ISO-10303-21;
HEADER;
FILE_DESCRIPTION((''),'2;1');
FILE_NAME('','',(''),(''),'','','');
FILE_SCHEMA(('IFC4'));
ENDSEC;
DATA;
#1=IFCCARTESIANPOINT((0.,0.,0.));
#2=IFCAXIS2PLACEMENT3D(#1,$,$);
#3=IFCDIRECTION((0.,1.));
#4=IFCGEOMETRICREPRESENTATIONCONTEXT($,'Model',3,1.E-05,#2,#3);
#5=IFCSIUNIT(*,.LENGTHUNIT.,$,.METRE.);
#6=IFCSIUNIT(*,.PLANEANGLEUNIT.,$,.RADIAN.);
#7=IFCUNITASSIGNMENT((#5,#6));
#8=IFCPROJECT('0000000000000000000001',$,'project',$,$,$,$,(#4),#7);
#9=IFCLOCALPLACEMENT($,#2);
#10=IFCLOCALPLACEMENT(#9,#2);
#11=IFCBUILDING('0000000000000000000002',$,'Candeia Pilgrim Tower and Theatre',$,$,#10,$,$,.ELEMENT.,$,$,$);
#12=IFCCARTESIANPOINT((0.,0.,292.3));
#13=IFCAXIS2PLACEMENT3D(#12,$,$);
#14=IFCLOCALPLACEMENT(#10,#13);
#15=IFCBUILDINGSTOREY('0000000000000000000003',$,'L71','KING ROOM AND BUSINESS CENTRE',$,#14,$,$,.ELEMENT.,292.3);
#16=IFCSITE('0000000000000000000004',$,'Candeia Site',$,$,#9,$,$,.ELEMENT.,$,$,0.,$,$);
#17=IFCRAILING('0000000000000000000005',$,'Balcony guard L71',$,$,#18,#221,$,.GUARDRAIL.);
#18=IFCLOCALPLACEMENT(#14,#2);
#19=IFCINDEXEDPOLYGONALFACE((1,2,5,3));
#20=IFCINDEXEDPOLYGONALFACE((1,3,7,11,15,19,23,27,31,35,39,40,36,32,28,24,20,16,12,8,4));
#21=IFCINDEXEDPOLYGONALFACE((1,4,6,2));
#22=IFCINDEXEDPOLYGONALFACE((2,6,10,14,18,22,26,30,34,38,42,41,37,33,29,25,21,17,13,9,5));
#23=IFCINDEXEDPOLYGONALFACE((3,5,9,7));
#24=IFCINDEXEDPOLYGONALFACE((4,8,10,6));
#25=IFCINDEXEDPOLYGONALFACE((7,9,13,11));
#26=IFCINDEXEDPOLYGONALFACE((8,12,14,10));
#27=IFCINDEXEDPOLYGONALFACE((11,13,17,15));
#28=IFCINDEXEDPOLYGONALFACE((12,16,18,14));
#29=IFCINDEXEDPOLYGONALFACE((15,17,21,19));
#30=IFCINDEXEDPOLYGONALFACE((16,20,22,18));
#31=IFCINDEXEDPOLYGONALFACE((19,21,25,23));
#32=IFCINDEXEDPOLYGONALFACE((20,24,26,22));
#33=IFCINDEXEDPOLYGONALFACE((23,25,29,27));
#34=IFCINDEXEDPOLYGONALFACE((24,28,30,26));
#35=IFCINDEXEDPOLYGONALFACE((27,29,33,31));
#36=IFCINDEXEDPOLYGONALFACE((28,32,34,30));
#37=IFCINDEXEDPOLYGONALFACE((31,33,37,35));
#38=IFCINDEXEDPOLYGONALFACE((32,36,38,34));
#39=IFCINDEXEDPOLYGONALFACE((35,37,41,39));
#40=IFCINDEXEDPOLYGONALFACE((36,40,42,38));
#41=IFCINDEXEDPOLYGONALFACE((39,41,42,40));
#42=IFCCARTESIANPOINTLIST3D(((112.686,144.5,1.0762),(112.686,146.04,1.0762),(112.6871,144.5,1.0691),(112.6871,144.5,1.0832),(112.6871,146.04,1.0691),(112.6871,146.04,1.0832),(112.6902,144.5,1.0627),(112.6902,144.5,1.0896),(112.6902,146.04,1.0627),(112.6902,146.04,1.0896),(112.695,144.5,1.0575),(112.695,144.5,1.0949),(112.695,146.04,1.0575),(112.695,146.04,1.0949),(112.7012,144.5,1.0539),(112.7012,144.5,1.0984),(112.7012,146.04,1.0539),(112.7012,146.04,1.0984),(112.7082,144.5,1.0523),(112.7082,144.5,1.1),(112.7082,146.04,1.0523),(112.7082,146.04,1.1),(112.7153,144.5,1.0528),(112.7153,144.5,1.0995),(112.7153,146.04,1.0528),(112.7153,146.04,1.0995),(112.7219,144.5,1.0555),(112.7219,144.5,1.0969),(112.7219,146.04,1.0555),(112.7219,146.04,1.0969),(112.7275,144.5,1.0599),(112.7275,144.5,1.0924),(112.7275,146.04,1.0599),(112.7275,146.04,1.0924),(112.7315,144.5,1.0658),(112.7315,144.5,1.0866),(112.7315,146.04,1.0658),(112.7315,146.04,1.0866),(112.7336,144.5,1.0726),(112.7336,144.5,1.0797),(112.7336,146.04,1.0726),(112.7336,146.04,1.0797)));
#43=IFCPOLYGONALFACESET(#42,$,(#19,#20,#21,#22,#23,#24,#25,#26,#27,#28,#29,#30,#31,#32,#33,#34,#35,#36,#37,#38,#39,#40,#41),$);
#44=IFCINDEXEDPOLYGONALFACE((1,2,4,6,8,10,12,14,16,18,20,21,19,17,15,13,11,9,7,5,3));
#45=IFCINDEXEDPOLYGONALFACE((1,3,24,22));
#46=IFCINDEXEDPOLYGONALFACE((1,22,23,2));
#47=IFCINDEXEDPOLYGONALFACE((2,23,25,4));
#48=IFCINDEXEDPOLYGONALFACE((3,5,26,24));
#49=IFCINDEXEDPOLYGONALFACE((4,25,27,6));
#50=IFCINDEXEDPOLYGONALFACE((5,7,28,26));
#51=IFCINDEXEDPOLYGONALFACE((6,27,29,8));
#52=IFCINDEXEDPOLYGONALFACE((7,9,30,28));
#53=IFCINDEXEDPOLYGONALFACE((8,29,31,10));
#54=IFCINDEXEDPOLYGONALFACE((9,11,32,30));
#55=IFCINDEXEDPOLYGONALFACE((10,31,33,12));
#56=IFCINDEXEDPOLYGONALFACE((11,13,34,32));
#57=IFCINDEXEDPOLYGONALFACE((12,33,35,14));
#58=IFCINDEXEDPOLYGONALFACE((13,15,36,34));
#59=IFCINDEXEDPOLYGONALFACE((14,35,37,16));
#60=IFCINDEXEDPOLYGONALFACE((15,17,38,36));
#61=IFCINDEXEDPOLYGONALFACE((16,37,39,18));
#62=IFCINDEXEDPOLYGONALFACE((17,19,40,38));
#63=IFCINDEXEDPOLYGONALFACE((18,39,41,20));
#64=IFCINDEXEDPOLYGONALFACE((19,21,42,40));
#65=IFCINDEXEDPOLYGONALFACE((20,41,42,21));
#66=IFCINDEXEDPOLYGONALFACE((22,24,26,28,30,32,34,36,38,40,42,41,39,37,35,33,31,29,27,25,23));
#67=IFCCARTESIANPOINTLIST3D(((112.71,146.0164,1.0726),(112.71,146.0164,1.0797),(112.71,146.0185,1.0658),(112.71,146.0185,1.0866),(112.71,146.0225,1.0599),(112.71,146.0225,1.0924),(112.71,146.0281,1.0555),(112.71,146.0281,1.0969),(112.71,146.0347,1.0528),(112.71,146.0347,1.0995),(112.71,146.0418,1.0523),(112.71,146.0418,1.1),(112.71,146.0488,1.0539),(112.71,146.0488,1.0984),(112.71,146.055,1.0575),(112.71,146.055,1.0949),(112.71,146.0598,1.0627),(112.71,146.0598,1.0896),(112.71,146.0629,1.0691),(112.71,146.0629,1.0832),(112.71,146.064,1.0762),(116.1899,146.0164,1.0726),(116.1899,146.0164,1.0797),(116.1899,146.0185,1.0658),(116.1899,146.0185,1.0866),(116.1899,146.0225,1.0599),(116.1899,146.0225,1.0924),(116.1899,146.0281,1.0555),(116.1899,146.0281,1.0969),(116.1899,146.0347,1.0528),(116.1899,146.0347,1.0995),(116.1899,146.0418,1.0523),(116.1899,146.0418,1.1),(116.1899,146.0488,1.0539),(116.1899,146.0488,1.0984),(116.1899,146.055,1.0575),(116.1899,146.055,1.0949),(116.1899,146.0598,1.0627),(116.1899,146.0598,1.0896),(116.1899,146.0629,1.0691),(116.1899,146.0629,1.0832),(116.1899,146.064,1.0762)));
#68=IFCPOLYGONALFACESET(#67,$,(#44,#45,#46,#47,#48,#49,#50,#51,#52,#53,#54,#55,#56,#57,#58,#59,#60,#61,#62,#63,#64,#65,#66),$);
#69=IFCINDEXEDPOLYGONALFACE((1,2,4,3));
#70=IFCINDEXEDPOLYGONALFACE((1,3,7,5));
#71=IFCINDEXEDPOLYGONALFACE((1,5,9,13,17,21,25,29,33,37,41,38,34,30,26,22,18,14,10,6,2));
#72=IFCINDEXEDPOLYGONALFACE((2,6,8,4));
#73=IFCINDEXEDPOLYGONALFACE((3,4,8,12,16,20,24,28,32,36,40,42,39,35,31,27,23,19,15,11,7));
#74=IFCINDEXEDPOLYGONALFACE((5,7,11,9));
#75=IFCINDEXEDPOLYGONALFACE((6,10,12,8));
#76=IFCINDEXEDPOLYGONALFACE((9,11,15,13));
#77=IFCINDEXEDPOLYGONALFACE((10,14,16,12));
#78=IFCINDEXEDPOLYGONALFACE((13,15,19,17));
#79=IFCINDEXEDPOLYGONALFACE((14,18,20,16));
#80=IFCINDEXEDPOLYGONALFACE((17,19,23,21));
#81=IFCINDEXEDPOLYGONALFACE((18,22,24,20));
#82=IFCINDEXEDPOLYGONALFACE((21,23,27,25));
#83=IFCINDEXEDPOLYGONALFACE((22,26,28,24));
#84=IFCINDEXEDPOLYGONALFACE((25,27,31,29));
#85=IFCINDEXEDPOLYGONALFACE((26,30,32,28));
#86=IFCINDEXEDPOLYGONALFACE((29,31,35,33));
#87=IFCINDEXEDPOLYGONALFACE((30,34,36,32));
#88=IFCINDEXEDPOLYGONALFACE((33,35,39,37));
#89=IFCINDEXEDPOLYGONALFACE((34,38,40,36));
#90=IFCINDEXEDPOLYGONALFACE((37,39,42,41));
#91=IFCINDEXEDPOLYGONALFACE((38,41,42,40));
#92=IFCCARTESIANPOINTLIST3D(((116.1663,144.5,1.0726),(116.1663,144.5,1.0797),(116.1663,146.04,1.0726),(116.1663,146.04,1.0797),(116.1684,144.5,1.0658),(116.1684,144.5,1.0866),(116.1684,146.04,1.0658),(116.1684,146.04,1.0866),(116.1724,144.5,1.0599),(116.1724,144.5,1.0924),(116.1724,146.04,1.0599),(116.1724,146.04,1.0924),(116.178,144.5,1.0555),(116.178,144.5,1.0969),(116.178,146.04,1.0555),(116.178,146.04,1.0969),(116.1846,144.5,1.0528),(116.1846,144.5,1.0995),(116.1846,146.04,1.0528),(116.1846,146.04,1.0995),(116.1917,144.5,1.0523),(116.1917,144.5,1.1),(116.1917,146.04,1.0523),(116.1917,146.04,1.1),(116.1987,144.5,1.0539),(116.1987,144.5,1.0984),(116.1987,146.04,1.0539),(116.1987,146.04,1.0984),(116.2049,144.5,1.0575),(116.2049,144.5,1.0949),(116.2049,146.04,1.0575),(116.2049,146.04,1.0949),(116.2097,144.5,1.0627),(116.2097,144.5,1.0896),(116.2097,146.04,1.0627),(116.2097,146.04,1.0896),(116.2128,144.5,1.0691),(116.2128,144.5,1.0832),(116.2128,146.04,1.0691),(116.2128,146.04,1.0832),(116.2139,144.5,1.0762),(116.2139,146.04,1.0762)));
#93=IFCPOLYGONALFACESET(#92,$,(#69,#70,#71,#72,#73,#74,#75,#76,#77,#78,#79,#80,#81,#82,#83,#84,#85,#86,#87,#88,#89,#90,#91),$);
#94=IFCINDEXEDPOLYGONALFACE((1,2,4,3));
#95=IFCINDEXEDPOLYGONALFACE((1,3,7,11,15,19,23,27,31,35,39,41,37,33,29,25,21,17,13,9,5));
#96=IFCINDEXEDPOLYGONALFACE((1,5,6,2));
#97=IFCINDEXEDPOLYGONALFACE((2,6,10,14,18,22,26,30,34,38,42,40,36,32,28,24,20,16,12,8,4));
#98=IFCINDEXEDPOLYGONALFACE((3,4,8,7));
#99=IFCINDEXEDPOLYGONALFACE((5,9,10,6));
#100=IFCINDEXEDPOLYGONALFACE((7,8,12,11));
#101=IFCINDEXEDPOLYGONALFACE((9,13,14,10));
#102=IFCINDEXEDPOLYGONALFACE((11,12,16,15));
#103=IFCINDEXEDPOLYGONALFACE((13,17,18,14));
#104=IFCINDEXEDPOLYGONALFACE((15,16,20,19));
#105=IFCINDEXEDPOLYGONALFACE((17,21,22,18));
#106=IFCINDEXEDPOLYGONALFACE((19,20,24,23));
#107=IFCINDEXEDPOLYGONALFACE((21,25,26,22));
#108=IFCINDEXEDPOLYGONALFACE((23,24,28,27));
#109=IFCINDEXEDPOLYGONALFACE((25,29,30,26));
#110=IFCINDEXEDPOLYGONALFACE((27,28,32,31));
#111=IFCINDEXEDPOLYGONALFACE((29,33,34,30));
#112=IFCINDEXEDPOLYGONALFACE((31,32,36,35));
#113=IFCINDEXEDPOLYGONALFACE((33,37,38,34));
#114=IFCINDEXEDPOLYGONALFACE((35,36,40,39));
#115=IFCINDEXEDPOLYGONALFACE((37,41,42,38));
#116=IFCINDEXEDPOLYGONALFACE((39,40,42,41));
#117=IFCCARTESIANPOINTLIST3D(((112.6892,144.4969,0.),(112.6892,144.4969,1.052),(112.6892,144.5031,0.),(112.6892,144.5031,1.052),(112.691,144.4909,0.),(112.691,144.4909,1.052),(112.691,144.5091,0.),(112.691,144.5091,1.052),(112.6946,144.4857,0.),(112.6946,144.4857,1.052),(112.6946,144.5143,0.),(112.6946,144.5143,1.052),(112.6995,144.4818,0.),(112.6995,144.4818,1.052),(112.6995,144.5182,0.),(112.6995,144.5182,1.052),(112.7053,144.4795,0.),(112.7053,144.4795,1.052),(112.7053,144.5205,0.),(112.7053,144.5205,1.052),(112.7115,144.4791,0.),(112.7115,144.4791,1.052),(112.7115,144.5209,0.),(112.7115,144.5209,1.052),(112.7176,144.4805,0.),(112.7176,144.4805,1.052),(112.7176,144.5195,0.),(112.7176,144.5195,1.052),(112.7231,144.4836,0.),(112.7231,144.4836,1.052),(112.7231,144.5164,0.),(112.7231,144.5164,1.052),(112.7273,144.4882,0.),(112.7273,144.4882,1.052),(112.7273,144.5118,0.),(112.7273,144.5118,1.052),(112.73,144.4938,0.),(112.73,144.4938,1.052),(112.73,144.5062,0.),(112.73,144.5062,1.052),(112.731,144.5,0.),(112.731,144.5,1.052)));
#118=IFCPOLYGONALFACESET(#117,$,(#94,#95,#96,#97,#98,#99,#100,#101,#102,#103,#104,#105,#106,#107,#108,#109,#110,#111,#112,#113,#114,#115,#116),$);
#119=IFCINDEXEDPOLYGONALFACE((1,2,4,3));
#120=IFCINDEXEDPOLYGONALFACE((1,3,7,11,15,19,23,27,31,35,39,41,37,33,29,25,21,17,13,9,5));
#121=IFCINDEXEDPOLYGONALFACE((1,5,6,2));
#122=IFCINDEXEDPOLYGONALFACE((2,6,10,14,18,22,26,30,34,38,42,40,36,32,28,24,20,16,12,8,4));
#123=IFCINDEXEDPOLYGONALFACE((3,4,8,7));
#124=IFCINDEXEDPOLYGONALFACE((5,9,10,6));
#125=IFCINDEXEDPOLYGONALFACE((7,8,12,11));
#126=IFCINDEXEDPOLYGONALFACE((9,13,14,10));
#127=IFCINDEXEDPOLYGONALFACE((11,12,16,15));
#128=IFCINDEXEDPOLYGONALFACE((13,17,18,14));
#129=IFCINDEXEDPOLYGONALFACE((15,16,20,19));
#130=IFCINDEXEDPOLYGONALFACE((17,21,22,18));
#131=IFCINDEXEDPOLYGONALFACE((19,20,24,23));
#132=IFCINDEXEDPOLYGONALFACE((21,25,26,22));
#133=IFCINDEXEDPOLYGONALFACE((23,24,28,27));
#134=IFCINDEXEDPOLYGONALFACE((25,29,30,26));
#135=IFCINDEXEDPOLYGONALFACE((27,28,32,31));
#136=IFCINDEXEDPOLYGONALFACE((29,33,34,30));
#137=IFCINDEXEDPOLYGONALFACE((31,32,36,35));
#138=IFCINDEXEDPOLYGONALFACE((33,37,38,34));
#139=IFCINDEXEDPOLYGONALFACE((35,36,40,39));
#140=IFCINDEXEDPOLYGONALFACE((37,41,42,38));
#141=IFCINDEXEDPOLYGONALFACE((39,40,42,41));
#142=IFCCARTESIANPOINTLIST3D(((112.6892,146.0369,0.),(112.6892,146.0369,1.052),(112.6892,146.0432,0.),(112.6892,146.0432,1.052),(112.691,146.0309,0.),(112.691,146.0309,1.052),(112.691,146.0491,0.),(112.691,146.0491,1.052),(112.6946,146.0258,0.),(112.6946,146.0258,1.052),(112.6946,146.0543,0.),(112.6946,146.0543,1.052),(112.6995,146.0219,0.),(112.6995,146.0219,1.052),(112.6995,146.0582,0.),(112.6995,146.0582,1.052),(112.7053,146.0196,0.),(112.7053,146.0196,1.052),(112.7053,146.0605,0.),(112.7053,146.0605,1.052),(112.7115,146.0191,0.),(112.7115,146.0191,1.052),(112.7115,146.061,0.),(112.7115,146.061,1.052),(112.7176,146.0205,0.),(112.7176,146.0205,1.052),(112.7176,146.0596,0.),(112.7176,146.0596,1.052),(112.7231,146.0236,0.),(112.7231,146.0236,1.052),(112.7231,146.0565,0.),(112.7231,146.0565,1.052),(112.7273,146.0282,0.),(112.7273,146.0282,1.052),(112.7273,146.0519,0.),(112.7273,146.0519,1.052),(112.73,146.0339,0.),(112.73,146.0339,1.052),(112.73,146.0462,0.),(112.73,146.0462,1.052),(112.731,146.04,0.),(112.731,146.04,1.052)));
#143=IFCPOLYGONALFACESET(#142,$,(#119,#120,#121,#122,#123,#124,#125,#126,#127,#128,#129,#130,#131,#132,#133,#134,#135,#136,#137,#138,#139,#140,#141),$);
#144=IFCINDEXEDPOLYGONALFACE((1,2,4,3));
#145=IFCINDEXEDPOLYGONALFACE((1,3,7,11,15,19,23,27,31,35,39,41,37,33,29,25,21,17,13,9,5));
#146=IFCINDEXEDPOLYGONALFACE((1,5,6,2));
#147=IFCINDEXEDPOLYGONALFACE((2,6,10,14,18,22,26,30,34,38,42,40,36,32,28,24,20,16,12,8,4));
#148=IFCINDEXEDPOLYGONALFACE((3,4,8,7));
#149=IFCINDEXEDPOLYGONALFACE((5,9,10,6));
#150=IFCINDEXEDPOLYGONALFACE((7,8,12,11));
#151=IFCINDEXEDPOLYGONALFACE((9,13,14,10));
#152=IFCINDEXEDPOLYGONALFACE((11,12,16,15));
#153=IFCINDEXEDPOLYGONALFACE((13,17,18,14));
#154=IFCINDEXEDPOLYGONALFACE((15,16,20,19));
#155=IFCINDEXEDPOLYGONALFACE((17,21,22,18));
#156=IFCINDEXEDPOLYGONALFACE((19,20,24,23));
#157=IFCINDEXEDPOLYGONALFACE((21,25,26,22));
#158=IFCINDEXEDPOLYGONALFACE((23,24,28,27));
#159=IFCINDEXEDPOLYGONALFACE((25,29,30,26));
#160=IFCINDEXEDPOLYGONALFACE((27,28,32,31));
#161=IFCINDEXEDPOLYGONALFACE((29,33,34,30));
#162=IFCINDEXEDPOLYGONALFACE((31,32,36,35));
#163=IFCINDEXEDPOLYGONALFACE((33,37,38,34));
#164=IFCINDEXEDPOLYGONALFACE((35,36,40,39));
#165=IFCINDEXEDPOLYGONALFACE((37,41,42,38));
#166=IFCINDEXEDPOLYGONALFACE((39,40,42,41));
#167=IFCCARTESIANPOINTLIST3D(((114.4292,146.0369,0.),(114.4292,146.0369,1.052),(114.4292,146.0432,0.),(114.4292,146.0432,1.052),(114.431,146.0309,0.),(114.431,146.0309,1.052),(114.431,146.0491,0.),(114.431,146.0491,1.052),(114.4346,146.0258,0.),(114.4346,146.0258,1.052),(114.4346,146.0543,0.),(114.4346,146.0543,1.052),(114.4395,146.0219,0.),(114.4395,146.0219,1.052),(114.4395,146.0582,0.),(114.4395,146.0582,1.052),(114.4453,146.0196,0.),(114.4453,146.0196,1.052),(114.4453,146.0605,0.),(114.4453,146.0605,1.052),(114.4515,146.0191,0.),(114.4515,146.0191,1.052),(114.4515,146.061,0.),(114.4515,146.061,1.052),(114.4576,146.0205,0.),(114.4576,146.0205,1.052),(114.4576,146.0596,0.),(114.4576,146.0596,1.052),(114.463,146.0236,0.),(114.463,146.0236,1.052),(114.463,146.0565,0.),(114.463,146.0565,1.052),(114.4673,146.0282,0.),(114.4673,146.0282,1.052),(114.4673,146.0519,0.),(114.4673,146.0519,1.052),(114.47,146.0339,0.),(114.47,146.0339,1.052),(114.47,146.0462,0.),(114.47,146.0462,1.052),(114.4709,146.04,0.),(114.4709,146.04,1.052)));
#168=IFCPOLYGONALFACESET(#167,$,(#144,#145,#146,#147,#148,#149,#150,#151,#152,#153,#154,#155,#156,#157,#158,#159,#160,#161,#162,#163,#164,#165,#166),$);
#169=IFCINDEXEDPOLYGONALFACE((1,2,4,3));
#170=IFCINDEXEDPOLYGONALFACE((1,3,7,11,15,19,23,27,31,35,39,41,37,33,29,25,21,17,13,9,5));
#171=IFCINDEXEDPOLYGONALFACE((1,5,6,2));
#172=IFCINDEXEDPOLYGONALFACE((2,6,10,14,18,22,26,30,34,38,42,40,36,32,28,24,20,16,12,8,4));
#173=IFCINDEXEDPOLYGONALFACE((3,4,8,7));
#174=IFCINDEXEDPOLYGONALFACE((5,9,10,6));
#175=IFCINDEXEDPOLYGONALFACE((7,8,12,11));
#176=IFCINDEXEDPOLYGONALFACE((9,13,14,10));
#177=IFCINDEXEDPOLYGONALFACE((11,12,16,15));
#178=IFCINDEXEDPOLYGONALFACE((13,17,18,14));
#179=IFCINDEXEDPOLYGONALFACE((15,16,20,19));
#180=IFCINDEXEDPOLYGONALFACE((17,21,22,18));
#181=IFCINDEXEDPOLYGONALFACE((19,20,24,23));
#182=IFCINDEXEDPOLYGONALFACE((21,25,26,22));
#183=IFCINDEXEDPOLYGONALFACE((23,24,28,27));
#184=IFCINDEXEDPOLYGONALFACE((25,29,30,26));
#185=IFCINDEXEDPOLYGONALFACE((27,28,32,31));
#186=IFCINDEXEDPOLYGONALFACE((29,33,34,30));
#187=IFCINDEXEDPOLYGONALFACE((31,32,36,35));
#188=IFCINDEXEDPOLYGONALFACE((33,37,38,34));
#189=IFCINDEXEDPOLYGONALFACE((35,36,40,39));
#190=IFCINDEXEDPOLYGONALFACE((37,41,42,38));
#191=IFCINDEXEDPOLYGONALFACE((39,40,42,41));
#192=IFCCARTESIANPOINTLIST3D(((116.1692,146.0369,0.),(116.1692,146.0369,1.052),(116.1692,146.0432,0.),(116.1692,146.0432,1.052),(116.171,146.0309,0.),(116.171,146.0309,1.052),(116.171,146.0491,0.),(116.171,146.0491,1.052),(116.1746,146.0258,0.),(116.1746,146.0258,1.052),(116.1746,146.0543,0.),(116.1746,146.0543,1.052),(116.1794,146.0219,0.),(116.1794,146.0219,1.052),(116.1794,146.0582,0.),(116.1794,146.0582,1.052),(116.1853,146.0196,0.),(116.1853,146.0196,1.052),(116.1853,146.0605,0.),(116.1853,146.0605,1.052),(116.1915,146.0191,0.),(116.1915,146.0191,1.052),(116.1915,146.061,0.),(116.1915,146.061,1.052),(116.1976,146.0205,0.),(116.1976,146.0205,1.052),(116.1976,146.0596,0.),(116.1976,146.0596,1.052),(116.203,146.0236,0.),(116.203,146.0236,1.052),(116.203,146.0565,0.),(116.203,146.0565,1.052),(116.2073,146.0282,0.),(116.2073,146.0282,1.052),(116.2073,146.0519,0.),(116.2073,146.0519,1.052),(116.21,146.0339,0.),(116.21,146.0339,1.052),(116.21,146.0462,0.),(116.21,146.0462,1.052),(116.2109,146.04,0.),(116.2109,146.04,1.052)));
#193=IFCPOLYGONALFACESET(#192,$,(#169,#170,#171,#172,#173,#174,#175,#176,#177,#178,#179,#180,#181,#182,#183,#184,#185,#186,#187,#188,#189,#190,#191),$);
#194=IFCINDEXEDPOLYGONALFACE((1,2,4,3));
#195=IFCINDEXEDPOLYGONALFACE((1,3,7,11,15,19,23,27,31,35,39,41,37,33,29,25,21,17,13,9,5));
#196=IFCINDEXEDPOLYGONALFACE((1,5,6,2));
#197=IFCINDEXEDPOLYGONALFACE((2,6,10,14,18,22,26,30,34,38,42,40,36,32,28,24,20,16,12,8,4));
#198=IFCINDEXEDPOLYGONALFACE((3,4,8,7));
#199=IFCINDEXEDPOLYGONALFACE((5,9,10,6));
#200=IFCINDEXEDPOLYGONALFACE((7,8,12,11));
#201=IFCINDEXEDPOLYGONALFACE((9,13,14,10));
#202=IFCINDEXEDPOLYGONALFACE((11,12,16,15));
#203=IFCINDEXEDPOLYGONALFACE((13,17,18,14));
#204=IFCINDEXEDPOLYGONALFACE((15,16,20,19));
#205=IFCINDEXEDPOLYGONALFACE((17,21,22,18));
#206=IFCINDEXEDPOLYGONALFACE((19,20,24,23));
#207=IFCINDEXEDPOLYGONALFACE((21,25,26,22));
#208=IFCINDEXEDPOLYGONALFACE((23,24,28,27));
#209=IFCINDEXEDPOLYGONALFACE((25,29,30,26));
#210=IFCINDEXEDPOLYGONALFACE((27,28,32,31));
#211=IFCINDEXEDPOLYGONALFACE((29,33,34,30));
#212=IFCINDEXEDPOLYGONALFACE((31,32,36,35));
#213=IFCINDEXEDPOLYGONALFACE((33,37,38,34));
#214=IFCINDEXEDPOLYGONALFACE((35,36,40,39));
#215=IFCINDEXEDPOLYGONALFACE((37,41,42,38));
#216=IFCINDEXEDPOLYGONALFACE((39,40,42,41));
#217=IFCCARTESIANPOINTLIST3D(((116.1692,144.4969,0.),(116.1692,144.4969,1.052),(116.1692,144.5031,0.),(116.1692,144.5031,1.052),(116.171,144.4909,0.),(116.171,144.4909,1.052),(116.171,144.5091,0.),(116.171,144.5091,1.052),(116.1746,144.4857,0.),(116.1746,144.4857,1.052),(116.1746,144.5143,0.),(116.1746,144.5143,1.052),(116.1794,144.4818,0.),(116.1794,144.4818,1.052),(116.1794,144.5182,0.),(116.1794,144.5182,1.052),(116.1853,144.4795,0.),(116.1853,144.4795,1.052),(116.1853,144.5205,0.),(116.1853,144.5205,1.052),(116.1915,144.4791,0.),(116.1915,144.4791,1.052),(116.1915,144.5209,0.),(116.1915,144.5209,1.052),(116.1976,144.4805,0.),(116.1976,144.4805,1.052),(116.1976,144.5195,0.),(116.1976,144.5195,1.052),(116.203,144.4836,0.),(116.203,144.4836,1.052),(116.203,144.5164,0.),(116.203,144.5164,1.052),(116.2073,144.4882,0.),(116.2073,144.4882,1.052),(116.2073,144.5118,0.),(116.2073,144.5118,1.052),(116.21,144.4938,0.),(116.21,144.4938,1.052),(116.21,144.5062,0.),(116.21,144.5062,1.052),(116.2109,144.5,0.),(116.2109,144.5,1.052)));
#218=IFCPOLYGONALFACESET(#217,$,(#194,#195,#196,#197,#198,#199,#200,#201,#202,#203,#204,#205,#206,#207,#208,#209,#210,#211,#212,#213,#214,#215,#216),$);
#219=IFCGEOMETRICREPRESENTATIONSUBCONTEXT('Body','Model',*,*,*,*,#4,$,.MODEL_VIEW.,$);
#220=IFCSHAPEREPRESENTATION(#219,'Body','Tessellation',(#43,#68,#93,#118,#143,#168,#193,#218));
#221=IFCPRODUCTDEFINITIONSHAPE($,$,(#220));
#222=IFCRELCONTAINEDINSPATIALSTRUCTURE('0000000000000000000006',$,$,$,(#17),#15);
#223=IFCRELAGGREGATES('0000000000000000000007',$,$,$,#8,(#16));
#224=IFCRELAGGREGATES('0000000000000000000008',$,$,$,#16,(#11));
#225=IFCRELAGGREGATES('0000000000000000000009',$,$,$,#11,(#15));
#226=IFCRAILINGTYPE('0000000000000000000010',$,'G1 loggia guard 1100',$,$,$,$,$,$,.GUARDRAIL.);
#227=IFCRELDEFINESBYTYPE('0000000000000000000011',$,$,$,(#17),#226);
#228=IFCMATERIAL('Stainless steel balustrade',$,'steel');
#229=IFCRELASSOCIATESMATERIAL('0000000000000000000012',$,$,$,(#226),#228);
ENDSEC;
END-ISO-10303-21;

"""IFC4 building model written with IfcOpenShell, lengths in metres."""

from ifc_helpers import new_model, si_unit, direction, frame, origin, origin_2d, place, context, subcontext, project, spatial, circle, extrude, material, type_object, element, save


model = new_model("IFC4")

# Units and contexts
model_context = context("Model", 3, precision=1e-05, world=origin(), true_north=direction((0.0, 1.0)))
body_context = subcontext(model_context, "Body", "Model", "MODEL_VIEW")
ifc_project = project(units=[si_unit("LENGTHUNIT", "METRE"), si_unit("PLANEANGLEUNIT", "RADIAN")], contexts=[model_context])

# Site, building, storey
site_placement = place(None, origin())
site = spatial("IfcSite", under=ifc_project, at=site_placement, Name="Candeia Site", CompositionType="ELEMENT", RefElevation=0.0)
building_placement = place(site_placement, origin())
building = spatial("IfcBuilding", under=site, at=building_placement, Name="Candeia Pilgrim Tower and Theatre", CompositionType="ELEMENT")
storey_placement = place(building_placement, frame((0.0, 0.0, 292.3)))
storey = spatial("IfcBuildingStorey", under=building, at=storey_placement, Name="L71", Description="KING ROOM AND BUSINESS CENTRE", CompositionType="ELEMENT", Elevation=292.3)

# Railing
ifc_material_1 = material(Name="Stainless steel balustrade", Category="steel")
railing_type = type_object("IfcRailingType", Name="G1 loggia guard 1100", PredefinedType="GUARDRAIL", material=ifc_material_1)
railing_1_placement = place(storey_placement, frame((112.71, 144.5, 0.0)))
element("IfcRailing", 1, at=railing_1_placement, inside=storey, type_object=railing_type, Name="Balcony guard L71", PredefinedType="GUARDRAIL", context=body_context, shape_type="SweptSolid", body=[
    extrude(circle(Radius=0.0239, at=origin_2d()), frame((0.0, 0.0, 1.0762), z_axis=(0.0, 1.0, 0.0), x_axis=(-1.0, 0.0, 0.0)), (0.0, 0.0, 1.0), 1.54),
    extrude(circle(Radius=0.0239, at=origin_2d()), frame((0.0, 1.54, 1.0762), z_axis=(1.0, 0.0, 0.0), x_axis=(0.0, 1.0, 0.0)), (0.0, 0.0, 1.0), 3.48),
    extrude(circle(Radius=0.0239, at=origin_2d()), frame((3.48, 1.54, 1.0762), z_axis=(0.0, -1.0, 0.0), x_axis=(1.0, 0.0, 0.0)), (0.0, 0.0, 1.0), 1.54),
    extrude(circle(Radius=0.021, at=origin_2d()), origin(), (0.0, 0.0, 1.0), 1.052),
    extrude(circle(Radius=0.021, at=origin_2d()), frame((0.0, 1.54, 0.0)), (0.0, 0.0, 1.0), 1.052),
    extrude(circle(Radius=0.021, at=origin_2d()), frame((1.74, 1.54, 0.0)), (0.0, 0.0, 1.0), 1.052),
    extrude(circle(Radius=0.021, at=origin_2d()), frame((3.48, 1.54, 0.0)), (0.0, 0.0, 1.0), 1.052),
    extrude(circle(Radius=0.021, at=origin_2d()), frame((3.48, 0.0, 0.0)), (0.0, 0.0, 1.0), 1.052),
])

save(model, "model.ifc")
